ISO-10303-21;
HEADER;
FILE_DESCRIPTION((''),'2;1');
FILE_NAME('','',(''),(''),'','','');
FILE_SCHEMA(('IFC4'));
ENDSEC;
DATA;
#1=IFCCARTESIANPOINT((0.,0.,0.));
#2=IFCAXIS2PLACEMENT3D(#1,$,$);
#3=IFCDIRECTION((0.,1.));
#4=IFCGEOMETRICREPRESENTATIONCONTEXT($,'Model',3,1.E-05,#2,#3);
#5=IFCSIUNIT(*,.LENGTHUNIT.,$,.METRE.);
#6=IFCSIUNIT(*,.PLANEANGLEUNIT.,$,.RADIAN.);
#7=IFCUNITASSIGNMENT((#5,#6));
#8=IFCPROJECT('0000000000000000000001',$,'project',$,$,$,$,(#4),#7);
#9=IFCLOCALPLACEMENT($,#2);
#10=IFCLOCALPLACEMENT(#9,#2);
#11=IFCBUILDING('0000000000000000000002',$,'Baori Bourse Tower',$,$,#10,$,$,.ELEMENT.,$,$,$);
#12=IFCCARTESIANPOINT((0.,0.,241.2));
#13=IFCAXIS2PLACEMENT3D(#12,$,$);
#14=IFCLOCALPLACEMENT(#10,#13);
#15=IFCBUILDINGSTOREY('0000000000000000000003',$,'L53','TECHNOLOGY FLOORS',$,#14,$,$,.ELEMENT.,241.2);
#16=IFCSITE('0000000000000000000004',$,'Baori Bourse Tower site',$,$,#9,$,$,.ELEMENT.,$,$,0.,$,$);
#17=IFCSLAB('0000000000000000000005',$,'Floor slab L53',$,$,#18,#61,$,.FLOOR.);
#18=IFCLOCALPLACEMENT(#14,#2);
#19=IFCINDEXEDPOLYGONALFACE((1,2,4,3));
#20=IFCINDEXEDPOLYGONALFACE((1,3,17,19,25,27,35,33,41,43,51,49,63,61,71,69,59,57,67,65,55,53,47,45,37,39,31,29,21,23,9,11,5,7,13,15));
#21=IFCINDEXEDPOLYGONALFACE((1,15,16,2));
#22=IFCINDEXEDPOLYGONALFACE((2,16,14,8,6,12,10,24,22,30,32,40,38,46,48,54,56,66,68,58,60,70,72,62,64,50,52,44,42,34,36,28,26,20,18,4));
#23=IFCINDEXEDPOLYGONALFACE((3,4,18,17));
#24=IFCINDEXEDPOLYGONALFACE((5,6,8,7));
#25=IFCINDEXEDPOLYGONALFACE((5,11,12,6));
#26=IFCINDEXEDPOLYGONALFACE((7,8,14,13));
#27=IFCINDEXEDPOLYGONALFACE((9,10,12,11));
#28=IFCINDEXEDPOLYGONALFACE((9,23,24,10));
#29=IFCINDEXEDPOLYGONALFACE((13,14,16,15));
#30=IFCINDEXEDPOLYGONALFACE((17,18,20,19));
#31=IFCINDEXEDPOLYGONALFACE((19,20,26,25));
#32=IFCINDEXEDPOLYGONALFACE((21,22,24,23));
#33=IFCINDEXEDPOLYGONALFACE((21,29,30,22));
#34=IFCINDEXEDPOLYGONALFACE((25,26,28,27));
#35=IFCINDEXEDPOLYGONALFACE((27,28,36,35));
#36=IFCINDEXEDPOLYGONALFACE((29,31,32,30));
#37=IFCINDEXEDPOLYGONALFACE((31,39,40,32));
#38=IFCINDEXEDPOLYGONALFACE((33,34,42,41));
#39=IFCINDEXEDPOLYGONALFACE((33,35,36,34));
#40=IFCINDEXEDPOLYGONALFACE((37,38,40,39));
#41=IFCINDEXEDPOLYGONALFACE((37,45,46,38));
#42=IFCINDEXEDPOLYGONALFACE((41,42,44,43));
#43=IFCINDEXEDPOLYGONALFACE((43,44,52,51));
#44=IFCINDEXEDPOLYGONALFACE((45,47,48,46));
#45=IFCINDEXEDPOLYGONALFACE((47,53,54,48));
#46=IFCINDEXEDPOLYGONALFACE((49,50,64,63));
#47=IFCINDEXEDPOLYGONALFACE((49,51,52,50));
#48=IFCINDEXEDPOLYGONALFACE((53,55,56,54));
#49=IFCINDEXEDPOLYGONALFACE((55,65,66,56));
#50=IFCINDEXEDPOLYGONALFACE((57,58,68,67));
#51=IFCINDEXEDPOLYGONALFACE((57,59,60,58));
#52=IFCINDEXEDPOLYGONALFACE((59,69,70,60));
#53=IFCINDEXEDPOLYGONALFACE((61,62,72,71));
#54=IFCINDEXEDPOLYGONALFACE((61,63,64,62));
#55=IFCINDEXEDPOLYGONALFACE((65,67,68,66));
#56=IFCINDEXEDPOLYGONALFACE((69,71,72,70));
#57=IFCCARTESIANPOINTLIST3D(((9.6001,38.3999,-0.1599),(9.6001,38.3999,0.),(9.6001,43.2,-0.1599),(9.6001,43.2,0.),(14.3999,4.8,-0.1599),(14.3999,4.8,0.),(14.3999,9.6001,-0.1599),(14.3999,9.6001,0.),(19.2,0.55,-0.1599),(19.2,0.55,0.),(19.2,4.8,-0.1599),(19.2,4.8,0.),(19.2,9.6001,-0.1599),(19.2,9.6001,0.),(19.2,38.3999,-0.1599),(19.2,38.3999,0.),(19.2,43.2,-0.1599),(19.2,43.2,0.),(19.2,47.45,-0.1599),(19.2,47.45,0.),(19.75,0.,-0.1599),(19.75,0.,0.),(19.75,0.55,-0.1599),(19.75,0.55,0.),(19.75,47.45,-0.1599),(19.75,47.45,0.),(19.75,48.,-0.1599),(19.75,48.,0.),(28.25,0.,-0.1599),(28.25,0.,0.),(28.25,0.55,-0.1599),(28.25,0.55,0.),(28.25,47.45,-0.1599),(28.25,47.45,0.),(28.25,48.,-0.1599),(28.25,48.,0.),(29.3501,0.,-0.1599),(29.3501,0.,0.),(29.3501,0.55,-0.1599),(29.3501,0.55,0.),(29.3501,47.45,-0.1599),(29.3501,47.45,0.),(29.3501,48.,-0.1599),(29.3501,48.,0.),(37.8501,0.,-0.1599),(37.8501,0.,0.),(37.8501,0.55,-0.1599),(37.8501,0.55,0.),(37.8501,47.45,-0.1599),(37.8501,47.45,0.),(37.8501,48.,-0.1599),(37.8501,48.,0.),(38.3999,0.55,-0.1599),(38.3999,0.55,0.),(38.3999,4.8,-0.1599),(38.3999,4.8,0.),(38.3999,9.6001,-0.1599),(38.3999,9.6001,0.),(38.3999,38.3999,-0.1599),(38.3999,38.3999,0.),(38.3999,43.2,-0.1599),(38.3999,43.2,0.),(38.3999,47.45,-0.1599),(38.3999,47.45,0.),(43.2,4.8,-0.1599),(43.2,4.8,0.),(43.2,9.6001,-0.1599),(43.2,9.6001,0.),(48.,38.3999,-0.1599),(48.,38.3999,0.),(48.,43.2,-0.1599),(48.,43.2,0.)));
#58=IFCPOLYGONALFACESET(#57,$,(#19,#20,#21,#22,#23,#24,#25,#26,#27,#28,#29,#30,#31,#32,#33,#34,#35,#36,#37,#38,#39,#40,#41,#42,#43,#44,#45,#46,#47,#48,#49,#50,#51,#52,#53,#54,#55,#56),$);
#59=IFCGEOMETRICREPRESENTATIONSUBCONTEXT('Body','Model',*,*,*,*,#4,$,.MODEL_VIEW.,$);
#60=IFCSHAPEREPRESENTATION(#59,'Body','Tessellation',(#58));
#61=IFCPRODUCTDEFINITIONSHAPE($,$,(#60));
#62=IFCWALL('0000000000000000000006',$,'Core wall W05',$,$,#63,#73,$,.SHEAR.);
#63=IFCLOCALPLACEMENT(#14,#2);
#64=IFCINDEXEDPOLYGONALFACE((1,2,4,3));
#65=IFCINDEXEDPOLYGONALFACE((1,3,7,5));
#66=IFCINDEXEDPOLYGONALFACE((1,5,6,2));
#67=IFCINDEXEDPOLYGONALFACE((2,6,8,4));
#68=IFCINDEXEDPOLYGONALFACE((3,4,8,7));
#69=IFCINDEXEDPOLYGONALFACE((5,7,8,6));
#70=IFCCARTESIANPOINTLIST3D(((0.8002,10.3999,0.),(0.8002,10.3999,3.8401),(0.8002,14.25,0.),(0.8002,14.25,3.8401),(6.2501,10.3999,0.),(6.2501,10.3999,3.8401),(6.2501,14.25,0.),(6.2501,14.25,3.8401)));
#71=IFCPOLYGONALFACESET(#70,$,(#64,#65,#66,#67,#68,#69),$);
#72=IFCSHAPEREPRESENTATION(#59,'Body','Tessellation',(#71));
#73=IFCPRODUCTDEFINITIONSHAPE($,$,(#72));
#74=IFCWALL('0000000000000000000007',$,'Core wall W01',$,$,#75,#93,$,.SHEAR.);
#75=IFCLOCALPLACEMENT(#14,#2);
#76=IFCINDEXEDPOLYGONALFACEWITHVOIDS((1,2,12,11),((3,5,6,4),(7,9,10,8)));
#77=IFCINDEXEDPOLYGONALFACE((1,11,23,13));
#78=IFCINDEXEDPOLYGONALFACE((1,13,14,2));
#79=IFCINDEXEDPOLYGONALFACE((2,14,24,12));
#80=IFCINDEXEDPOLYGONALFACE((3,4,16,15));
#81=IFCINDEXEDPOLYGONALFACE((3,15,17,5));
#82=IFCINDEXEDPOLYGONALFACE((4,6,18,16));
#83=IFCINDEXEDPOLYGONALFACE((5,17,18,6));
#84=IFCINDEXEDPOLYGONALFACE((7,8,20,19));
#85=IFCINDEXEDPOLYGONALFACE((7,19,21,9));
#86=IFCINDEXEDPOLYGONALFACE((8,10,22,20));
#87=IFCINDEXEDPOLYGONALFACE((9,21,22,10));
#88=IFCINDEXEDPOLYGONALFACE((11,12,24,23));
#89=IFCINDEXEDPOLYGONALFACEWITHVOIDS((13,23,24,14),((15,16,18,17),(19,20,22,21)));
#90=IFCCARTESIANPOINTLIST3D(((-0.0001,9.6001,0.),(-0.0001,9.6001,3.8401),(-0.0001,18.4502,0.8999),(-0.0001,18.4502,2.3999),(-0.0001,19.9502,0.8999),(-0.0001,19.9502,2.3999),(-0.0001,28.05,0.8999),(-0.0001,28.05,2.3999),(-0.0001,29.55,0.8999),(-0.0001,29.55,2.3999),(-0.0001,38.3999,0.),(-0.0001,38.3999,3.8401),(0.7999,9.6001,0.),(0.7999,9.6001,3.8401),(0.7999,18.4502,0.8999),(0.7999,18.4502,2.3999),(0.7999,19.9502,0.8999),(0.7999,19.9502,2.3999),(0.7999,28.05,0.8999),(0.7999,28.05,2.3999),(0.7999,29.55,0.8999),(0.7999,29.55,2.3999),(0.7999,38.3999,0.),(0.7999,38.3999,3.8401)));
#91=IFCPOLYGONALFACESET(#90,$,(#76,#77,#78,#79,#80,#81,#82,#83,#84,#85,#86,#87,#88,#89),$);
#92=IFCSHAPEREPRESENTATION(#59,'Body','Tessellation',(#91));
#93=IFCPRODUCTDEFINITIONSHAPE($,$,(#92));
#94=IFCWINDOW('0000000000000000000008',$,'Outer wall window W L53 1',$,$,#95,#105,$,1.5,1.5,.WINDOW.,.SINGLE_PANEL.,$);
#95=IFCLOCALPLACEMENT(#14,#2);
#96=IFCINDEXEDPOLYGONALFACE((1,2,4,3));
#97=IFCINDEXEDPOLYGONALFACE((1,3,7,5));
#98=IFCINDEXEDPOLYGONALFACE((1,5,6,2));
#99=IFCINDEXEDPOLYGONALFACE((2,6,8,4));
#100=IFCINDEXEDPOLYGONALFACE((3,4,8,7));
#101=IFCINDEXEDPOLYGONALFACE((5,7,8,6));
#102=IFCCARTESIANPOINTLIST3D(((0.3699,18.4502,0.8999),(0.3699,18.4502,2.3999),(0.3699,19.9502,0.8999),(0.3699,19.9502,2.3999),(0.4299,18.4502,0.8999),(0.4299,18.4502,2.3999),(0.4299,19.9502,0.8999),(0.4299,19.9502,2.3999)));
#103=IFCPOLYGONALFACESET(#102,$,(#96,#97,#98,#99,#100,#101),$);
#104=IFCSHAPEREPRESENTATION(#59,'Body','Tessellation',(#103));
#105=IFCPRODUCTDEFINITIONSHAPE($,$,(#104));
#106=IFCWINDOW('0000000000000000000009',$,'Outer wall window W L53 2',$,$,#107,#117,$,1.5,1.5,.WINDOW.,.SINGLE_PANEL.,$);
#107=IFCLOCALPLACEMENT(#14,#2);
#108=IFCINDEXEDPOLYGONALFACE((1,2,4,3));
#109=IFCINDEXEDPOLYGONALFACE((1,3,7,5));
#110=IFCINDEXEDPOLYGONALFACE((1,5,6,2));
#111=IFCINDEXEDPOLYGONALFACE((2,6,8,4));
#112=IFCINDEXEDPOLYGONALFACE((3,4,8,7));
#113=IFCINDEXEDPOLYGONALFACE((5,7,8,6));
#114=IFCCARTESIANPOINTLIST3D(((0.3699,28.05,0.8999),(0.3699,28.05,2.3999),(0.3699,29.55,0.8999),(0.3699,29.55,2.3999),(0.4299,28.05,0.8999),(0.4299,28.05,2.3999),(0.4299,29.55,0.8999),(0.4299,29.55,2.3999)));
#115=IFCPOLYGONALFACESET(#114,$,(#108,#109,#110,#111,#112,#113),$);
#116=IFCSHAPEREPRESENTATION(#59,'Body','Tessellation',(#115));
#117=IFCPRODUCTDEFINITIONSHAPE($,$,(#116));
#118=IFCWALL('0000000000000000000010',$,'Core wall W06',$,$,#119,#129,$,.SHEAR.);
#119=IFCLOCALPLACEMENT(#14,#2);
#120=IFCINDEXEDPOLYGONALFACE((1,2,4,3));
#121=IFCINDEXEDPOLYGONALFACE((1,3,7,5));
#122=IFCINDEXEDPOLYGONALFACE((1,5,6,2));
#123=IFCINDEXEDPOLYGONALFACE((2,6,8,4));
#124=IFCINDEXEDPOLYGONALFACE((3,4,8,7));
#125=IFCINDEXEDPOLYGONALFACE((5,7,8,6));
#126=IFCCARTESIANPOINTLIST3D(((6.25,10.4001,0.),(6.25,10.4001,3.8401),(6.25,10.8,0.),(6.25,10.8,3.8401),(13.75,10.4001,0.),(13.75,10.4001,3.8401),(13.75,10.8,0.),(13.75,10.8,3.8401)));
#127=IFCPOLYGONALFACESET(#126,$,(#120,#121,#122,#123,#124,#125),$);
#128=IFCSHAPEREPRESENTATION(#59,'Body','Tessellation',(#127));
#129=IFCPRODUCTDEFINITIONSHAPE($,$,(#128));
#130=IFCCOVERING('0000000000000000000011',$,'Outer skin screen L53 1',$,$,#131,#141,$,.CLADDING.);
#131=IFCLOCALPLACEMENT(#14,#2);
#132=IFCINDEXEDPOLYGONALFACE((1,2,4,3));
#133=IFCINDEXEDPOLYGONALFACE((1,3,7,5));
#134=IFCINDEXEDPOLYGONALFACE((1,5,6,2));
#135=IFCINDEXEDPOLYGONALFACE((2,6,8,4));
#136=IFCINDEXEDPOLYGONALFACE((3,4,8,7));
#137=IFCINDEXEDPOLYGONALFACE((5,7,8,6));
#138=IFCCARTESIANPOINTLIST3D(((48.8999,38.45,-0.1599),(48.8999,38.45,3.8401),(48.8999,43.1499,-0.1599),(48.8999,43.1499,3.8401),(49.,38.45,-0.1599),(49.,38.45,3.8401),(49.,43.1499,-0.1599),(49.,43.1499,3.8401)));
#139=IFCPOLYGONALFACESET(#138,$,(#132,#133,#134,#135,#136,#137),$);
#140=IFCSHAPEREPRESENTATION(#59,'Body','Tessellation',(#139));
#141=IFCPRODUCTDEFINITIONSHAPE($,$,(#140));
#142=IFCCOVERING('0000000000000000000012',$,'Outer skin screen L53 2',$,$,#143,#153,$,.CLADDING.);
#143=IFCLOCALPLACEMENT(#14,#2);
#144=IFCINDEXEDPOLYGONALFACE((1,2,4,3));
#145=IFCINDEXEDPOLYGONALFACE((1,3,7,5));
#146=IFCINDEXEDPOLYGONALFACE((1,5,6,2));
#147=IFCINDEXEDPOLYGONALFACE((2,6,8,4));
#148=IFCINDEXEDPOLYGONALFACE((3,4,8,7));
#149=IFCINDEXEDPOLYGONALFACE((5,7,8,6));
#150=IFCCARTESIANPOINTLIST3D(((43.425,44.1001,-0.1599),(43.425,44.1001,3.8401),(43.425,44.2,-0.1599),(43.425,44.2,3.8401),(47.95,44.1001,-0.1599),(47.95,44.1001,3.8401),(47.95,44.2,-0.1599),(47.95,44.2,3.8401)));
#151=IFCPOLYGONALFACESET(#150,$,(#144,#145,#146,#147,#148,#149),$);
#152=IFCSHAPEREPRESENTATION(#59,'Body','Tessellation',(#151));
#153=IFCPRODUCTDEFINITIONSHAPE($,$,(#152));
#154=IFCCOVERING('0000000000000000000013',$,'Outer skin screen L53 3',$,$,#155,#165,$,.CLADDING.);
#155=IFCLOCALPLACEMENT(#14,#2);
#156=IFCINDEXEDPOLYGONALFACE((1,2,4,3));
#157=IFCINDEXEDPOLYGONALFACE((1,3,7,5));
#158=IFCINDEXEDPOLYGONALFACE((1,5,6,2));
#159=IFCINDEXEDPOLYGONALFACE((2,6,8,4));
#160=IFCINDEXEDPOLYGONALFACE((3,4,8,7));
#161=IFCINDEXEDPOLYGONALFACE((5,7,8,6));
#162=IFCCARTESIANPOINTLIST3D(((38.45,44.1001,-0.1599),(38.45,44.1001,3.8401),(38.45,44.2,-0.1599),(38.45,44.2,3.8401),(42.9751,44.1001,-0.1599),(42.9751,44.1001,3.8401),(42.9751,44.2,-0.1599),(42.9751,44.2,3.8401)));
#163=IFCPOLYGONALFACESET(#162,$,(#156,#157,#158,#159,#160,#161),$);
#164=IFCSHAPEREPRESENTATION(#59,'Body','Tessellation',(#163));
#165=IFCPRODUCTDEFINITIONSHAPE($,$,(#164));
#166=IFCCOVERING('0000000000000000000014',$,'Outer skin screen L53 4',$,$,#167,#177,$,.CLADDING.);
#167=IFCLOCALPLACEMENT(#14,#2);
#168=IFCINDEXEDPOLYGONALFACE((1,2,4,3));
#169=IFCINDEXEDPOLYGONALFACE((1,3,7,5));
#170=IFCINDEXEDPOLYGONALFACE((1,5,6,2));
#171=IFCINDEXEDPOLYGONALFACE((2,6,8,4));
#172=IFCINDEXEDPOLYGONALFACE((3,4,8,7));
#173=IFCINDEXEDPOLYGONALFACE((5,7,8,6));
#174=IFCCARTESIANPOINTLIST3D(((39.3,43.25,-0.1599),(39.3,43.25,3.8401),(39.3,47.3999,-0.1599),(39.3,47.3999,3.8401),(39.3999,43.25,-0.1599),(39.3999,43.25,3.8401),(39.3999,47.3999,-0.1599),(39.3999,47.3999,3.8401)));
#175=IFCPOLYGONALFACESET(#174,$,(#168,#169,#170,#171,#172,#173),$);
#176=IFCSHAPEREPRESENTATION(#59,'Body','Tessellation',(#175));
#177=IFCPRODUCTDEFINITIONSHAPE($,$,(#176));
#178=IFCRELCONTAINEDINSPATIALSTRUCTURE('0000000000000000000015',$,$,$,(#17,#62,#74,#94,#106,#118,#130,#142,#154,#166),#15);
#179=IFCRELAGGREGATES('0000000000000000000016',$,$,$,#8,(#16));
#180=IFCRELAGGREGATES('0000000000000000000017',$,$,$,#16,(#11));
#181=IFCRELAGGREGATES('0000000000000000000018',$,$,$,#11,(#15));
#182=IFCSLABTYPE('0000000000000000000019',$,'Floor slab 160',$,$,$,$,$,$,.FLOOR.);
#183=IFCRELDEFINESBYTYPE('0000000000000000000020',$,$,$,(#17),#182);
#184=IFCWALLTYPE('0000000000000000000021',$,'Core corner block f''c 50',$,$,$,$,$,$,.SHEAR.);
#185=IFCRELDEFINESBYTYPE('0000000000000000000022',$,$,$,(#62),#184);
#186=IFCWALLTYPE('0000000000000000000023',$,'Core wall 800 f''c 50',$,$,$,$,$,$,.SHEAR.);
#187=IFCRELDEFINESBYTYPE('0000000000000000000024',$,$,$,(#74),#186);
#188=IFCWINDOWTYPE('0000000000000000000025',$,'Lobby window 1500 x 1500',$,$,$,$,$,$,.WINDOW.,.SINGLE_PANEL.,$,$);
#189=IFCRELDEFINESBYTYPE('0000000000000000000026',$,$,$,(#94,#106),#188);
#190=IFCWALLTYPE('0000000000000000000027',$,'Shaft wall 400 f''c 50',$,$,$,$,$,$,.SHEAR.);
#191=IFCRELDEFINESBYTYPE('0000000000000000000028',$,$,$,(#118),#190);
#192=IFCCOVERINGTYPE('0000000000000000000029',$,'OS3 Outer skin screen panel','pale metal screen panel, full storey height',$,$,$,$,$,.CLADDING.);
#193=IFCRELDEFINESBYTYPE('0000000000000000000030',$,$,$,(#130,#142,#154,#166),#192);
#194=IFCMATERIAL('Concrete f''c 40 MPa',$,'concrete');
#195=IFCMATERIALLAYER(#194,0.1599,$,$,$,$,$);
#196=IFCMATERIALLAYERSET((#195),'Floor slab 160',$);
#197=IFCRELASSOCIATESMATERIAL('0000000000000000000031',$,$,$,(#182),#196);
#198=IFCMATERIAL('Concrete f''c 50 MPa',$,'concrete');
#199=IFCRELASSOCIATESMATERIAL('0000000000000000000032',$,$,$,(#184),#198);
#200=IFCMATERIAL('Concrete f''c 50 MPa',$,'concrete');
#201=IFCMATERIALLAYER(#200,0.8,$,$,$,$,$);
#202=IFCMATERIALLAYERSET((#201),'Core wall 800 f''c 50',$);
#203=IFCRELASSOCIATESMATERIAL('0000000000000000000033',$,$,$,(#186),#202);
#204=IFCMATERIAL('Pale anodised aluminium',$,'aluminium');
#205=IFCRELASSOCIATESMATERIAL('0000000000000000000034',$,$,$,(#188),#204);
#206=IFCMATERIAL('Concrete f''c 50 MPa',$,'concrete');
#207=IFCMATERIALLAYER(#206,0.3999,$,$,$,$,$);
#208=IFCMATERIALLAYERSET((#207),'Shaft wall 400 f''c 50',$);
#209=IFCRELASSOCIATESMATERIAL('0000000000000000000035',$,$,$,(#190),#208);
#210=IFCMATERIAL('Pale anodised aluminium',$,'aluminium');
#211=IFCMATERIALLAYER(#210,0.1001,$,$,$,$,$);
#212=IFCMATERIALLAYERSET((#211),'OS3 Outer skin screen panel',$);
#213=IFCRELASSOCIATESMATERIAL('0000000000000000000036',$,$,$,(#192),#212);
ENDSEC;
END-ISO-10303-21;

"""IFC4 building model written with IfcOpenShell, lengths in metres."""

from ifc_helpers import new_model, si_unit, direction, frame, frame_2d, origin, place, context, subcontext, project, spatial, polyline, rectangle, outline, extrude, material, layer, layer_set, type_object, element, fill, save


model = new_model("IFC4")

# Units and contexts
model_context = context("Model", 3, precision=1e-05, world=origin(), true_north=direction((0.0, 1.0)))
body_context = subcontext(model_context, "Body", "Model", "MODEL_VIEW")
ifc_project = project(units=[si_unit("LENGTHUNIT", "METRE"), si_unit("PLANEANGLEUNIT", "RADIAN")], contexts=[model_context])

# Site, building, storey
site_placement = place(None, origin())
site = spatial("IfcSite", under=ifc_project, at=site_placement, Name="Baori Bourse Tower site", CompositionType="ELEMENT", RefElevation=0.0)
building_placement = place(site_placement, origin())
building = spatial("IfcBuilding", under=site, at=building_placement, Name="Baori Bourse Tower", CompositionType="ELEMENT")
storey_placement = place(building_placement, frame((0.0, 0.0, 241.2)))
storey = spatial("IfcBuildingStorey", under=building, at=storey_placement, Name="L53", Description="TECHNOLOGY FLOORS", CompositionType="ELEMENT", Elevation=241.2)

# Slab
ifc_material_1 = material(Name="Concrete f'c 40 MPa", Category="concrete")
ifc_layer_1 = layer(ifc_material_1, 0.1599)
ifc_layer_set_1 = layer_set([ifc_layer_1], Name="Floor slab 160")
slab_type_1 = type_object("IfcSlabType", Name="Floor slab 160", PredefinedType="FLOOR", material=ifc_layer_set_1)
slab_1_placement = place(storey_placement, frame((0.0, 0.0, -0.1599)))
element("IfcSlab", 1, at=slab_1_placement, inside=storey, type_object=slab_type_1, Name="Floor slab L53", PredefinedType="FLOOR", context=body_context, shape_type="SweptSolid", body=[
    extrude(outline(polyline([(19.2, 4.8), (14.3999, 4.8), (14.3999, 9.6001), (19.2, 9.6001), (19.2, 38.3999), (9.6001, 38.3999), (9.6001, 43.2), (19.2, 43.2), (19.2, 47.45), (19.75, 47.45), (19.75, 48.0), (28.25, 48.0), (28.25, 47.45), (29.3501, 47.45), (29.3501, 48.0), (37.8501, 48.0), (37.8501, 47.45), (38.3999, 47.45), (38.3999, 43.2), (48.0, 43.2), (48.0, 38.3999), (38.3999, 38.3999), (38.3999, 9.6001), (43.2, 9.6001), (43.2, 4.8), (38.3999, 4.8), (38.3999, 0.55), (37.8501, 0.55), (37.8501, 0.0), (29.3501, 0.0), (29.3501, 0.55), (28.25, 0.55), (28.25, 0.0), (19.75, 0.0), (19.75, 0.55), (19.2, 0.55), (19.2, 4.8)])), origin(), (0.0, 0.0, 1.0), 0.1599),
])

# Wall
ifc_material_2 = material(Name="Concrete f'c 50 MPa", Category="concrete")
wall_type_1 = type_object("IfcWallType", Name="Core corner block f'c 50", PredefinedType="SHEAR", material=ifc_material_2)
wall_1_placement = place(storey_placement, frame((0.8, 12.325, 0.0), z_axis=(0.0, 0.0, 1.0), x_axis=(1.0, 0.0, 0.0)))
element("IfcWall", 2, at=wall_1_placement, inside=storey, type_object=wall_type_1, Name="Core wall W05", PredefinedType="SHEAR", context=body_context, shape_type="SweptSolid", body=[
    extrude(rectangle(XDim=5.45, YDim=3.8501, at=frame_2d((2.7251, 0.0))), origin(), (0.0, 0.0, 1.0), 3.8401),
])

# Wall, openings, windows
ifc_material_3 = material(Name="Concrete f'c 50 MPa", Category="concrete")
ifc_layer_2 = layer(ifc_material_3, 0.8)
ifc_layer_set_2 = layer_set([ifc_layer_2], Name="Core wall 800 f'c 50")
wall_type_2 = type_object("IfcWallType", Name="Core wall 800 f'c 50", PredefinedType="SHEAR", material=ifc_layer_set_2)
wall_2_placement = place(storey_placement, frame((0.3999, 9.6001, 0.0), z_axis=(0.0, 0.0, 1.0), x_axis=(0.0, 1.0, 0.0)))
wall_2 = element("IfcWall", 3, at=wall_2_placement, inside=storey, type_object=wall_type_2, Name="Core wall W01", PredefinedType="SHEAR", context=body_context, shape_type="SweptSolid", body=[
    extrude(rectangle(XDim=28.7998, YDim=0.8, at=frame_2d((14.3999, 0.0))), origin(), (0.0, 0.0, 1.0), 3.8401),
])
opening_1_placement = place(wall_2_placement, frame((8.8501, 0.0, 0.8999)))
opening_1 = element("IfcOpeningElement", 4, at=opening_1_placement, cuts=wall_2, PredefinedType="OPENING", context=body_context, shape_type="SweptSolid", body=[
    extrude(rectangle(XDim=1.5, YDim=1.5, at=frame_2d((0.75, 0.75))), frame((0.0, 0.4099, 0.0), z_axis=(0.0, -1.0, 0.0), x_axis=(1.0, 0.0, 0.0)), (0.0, 0.0, 1.0), 0.8201),
])
opening_2_placement = place(wall_2_placement, frame((18.45, 0.0, 0.8999)))
opening_2 = element("IfcOpeningElement", 5, at=opening_2_placement, cuts=wall_2, PredefinedType="OPENING", context=body_context, shape_type="SweptSolid", body=[
    extrude(rectangle(XDim=1.5, YDim=1.5, at=frame_2d((0.75, 0.75))), frame((0.0, 0.4099, 0.0), z_axis=(0.0, -1.0, 0.0), x_axis=(1.0, 0.0, 0.0)), (0.0, 0.0, 1.0), 0.8201),
])
ifc_material_4 = material(Name="Pale anodised aluminium", Category="aluminium")
window_type = type_object("IfcWindowType", Name="Lobby window 1500 x 1500", PartitioningType="SINGLE_PANEL", PredefinedType="WINDOW", material=ifc_material_4)
window_1_placement = place(opening_1_placement, origin())
window_1 = element("IfcWindow", 6, at=window_1_placement, inside=storey, type_object=window_type, Name="Outer wall window W L53 1", OverallHeight=1.5, OverallWidth=1.5, PartitioningType="SINGLE_PANEL", PredefinedType="WINDOW", context=body_context, shape_type="SweptSolid", body=[
    extrude(rectangle(XDim=1.5, YDim=1.5, at=frame_2d((0.75, 0.75))), frame((0.0, 0.03, 0.0), z_axis=(0.0, -1.0, 0.0), x_axis=(1.0, 0.0, 0.0)), (0.0, 0.0, 1.0), 0.0601),
])
fill(opening_1, window_1)
window_2_placement = place(opening_2_placement, origin())
window_2 = element("IfcWindow", 7, at=window_2_placement, inside=storey, type_object=window_type, Name="Outer wall window W L53 2", OverallHeight=1.5, OverallWidth=1.5, PartitioningType="SINGLE_PANEL", PredefinedType="WINDOW", context=body_context, shape_type="SweptSolid", body=[
    extrude(rectangle(XDim=1.5, YDim=1.5, at=frame_2d((0.75, 0.75))), frame((0.0, 0.03, 0.0), z_axis=(0.0, -1.0, 0.0), x_axis=(1.0, 0.0, 0.0)), (0.0, 0.0, 1.0), 0.0601),
])
fill(opening_2, window_2)

# Wall
ifc_material_5 = material(Name="Concrete f'c 50 MPa", Category="concrete")
ifc_layer_3 = layer(ifc_material_5, 0.3999)
ifc_layer_set_3 = layer_set([ifc_layer_3], Name="Shaft wall 400 f'c 50")
wall_type_3 = type_object("IfcWallType", Name="Shaft wall 400 f'c 50", PredefinedType="SHEAR", material=ifc_layer_set_3)
wall_3_placement = place(storey_placement, frame((6.25, 10.6001, 0.0), z_axis=(0.0, 0.0, 1.0), x_axis=(1.0, 0.0, 0.0)))
element("IfcWall", 8, at=wall_3_placement, inside=storey, type_object=wall_type_3, Name="Core wall W06", PredefinedType="SHEAR", context=body_context, shape_type="SweptSolid", body=[
    extrude(rectangle(XDim=7.5, YDim=0.3999, at=frame_2d((3.75, 0.0))), origin(), (0.0, 0.0, 1.0), 3.8401),
])

# Coverings
ifc_material_6 = material(Name="Pale anodised aluminium", Category="aluminium")
ifc_layer_4 = layer(ifc_material_6, 0.1001)
ifc_layer_set_4 = layer_set([ifc_layer_4], Name="OS3 Outer skin screen panel")
covering_type = type_object("IfcCoveringType", Name="OS3 Outer skin screen panel", Description="pale metal screen panel, full storey height", PredefinedType="CLADDING", material=ifc_layer_set_4)
covering_1_placement = place(storey_placement, frame((0.0, 0.0, -0.1599)))
element("IfcCovering", 9, at=covering_1_placement, inside=storey, type_object=covering_type, Name="Outer skin screen L53 1", PredefinedType="CLADDING", context=body_context, shape_type="SweptSolid", body=[
    extrude(outline(polyline([(48.8999, 43.1499), (48.8999, 38.45), (49.0, 38.45), (49.0, 43.1499), (48.8999, 43.1499)])), origin(), (0.0, 0.0, 1.0), 4.0),
])
covering_2_placement = place(storey_placement, frame((0.0, 0.0, -0.1599)))
element("IfcCovering", 10, at=covering_2_placement, inside=storey, type_object=covering_type, Name="Outer skin screen L53 2", PredefinedType="CLADDING", context=body_context, shape_type="SweptSolid", body=[
    extrude(outline(polyline([(43.425, 44.1001), (47.95, 44.1001), (47.95, 44.2), (43.425, 44.2), (43.425, 44.1001)])), origin(), (0.0, 0.0, 1.0), 4.0),
])
covering_3_placement = place(storey_placement, frame((0.0, 0.0, -0.1599)))
element("IfcCovering", 11, at=covering_3_placement, inside=storey, type_object=covering_type, Name="Outer skin screen L53 3", PredefinedType="CLADDING", context=body_context, shape_type="SweptSolid", body=[
    extrude(outline(polyline([(38.45, 44.1001), (42.9751, 44.1001), (42.9751, 44.2), (38.45, 44.2), (38.45, 44.1001)])), origin(), (0.0, 0.0, 1.0), 4.0),
])
covering_4_placement = place(storey_placement, frame((0.0, 0.0, -0.1599)))
element("IfcCovering", 12, at=covering_4_placement, inside=storey, type_object=covering_type, Name="Outer skin screen L53 4", PredefinedType="CLADDING", context=body_context, shape_type="SweptSolid", body=[
    extrude(outline(polyline([(39.3, 47.3999), (39.3, 43.25), (39.3999, 43.25), (39.3999, 47.3999), (39.3, 47.3999)])), origin(), (0.0, 0.0, 1.0), 4.0),
])

save(model, "model.ifc")
